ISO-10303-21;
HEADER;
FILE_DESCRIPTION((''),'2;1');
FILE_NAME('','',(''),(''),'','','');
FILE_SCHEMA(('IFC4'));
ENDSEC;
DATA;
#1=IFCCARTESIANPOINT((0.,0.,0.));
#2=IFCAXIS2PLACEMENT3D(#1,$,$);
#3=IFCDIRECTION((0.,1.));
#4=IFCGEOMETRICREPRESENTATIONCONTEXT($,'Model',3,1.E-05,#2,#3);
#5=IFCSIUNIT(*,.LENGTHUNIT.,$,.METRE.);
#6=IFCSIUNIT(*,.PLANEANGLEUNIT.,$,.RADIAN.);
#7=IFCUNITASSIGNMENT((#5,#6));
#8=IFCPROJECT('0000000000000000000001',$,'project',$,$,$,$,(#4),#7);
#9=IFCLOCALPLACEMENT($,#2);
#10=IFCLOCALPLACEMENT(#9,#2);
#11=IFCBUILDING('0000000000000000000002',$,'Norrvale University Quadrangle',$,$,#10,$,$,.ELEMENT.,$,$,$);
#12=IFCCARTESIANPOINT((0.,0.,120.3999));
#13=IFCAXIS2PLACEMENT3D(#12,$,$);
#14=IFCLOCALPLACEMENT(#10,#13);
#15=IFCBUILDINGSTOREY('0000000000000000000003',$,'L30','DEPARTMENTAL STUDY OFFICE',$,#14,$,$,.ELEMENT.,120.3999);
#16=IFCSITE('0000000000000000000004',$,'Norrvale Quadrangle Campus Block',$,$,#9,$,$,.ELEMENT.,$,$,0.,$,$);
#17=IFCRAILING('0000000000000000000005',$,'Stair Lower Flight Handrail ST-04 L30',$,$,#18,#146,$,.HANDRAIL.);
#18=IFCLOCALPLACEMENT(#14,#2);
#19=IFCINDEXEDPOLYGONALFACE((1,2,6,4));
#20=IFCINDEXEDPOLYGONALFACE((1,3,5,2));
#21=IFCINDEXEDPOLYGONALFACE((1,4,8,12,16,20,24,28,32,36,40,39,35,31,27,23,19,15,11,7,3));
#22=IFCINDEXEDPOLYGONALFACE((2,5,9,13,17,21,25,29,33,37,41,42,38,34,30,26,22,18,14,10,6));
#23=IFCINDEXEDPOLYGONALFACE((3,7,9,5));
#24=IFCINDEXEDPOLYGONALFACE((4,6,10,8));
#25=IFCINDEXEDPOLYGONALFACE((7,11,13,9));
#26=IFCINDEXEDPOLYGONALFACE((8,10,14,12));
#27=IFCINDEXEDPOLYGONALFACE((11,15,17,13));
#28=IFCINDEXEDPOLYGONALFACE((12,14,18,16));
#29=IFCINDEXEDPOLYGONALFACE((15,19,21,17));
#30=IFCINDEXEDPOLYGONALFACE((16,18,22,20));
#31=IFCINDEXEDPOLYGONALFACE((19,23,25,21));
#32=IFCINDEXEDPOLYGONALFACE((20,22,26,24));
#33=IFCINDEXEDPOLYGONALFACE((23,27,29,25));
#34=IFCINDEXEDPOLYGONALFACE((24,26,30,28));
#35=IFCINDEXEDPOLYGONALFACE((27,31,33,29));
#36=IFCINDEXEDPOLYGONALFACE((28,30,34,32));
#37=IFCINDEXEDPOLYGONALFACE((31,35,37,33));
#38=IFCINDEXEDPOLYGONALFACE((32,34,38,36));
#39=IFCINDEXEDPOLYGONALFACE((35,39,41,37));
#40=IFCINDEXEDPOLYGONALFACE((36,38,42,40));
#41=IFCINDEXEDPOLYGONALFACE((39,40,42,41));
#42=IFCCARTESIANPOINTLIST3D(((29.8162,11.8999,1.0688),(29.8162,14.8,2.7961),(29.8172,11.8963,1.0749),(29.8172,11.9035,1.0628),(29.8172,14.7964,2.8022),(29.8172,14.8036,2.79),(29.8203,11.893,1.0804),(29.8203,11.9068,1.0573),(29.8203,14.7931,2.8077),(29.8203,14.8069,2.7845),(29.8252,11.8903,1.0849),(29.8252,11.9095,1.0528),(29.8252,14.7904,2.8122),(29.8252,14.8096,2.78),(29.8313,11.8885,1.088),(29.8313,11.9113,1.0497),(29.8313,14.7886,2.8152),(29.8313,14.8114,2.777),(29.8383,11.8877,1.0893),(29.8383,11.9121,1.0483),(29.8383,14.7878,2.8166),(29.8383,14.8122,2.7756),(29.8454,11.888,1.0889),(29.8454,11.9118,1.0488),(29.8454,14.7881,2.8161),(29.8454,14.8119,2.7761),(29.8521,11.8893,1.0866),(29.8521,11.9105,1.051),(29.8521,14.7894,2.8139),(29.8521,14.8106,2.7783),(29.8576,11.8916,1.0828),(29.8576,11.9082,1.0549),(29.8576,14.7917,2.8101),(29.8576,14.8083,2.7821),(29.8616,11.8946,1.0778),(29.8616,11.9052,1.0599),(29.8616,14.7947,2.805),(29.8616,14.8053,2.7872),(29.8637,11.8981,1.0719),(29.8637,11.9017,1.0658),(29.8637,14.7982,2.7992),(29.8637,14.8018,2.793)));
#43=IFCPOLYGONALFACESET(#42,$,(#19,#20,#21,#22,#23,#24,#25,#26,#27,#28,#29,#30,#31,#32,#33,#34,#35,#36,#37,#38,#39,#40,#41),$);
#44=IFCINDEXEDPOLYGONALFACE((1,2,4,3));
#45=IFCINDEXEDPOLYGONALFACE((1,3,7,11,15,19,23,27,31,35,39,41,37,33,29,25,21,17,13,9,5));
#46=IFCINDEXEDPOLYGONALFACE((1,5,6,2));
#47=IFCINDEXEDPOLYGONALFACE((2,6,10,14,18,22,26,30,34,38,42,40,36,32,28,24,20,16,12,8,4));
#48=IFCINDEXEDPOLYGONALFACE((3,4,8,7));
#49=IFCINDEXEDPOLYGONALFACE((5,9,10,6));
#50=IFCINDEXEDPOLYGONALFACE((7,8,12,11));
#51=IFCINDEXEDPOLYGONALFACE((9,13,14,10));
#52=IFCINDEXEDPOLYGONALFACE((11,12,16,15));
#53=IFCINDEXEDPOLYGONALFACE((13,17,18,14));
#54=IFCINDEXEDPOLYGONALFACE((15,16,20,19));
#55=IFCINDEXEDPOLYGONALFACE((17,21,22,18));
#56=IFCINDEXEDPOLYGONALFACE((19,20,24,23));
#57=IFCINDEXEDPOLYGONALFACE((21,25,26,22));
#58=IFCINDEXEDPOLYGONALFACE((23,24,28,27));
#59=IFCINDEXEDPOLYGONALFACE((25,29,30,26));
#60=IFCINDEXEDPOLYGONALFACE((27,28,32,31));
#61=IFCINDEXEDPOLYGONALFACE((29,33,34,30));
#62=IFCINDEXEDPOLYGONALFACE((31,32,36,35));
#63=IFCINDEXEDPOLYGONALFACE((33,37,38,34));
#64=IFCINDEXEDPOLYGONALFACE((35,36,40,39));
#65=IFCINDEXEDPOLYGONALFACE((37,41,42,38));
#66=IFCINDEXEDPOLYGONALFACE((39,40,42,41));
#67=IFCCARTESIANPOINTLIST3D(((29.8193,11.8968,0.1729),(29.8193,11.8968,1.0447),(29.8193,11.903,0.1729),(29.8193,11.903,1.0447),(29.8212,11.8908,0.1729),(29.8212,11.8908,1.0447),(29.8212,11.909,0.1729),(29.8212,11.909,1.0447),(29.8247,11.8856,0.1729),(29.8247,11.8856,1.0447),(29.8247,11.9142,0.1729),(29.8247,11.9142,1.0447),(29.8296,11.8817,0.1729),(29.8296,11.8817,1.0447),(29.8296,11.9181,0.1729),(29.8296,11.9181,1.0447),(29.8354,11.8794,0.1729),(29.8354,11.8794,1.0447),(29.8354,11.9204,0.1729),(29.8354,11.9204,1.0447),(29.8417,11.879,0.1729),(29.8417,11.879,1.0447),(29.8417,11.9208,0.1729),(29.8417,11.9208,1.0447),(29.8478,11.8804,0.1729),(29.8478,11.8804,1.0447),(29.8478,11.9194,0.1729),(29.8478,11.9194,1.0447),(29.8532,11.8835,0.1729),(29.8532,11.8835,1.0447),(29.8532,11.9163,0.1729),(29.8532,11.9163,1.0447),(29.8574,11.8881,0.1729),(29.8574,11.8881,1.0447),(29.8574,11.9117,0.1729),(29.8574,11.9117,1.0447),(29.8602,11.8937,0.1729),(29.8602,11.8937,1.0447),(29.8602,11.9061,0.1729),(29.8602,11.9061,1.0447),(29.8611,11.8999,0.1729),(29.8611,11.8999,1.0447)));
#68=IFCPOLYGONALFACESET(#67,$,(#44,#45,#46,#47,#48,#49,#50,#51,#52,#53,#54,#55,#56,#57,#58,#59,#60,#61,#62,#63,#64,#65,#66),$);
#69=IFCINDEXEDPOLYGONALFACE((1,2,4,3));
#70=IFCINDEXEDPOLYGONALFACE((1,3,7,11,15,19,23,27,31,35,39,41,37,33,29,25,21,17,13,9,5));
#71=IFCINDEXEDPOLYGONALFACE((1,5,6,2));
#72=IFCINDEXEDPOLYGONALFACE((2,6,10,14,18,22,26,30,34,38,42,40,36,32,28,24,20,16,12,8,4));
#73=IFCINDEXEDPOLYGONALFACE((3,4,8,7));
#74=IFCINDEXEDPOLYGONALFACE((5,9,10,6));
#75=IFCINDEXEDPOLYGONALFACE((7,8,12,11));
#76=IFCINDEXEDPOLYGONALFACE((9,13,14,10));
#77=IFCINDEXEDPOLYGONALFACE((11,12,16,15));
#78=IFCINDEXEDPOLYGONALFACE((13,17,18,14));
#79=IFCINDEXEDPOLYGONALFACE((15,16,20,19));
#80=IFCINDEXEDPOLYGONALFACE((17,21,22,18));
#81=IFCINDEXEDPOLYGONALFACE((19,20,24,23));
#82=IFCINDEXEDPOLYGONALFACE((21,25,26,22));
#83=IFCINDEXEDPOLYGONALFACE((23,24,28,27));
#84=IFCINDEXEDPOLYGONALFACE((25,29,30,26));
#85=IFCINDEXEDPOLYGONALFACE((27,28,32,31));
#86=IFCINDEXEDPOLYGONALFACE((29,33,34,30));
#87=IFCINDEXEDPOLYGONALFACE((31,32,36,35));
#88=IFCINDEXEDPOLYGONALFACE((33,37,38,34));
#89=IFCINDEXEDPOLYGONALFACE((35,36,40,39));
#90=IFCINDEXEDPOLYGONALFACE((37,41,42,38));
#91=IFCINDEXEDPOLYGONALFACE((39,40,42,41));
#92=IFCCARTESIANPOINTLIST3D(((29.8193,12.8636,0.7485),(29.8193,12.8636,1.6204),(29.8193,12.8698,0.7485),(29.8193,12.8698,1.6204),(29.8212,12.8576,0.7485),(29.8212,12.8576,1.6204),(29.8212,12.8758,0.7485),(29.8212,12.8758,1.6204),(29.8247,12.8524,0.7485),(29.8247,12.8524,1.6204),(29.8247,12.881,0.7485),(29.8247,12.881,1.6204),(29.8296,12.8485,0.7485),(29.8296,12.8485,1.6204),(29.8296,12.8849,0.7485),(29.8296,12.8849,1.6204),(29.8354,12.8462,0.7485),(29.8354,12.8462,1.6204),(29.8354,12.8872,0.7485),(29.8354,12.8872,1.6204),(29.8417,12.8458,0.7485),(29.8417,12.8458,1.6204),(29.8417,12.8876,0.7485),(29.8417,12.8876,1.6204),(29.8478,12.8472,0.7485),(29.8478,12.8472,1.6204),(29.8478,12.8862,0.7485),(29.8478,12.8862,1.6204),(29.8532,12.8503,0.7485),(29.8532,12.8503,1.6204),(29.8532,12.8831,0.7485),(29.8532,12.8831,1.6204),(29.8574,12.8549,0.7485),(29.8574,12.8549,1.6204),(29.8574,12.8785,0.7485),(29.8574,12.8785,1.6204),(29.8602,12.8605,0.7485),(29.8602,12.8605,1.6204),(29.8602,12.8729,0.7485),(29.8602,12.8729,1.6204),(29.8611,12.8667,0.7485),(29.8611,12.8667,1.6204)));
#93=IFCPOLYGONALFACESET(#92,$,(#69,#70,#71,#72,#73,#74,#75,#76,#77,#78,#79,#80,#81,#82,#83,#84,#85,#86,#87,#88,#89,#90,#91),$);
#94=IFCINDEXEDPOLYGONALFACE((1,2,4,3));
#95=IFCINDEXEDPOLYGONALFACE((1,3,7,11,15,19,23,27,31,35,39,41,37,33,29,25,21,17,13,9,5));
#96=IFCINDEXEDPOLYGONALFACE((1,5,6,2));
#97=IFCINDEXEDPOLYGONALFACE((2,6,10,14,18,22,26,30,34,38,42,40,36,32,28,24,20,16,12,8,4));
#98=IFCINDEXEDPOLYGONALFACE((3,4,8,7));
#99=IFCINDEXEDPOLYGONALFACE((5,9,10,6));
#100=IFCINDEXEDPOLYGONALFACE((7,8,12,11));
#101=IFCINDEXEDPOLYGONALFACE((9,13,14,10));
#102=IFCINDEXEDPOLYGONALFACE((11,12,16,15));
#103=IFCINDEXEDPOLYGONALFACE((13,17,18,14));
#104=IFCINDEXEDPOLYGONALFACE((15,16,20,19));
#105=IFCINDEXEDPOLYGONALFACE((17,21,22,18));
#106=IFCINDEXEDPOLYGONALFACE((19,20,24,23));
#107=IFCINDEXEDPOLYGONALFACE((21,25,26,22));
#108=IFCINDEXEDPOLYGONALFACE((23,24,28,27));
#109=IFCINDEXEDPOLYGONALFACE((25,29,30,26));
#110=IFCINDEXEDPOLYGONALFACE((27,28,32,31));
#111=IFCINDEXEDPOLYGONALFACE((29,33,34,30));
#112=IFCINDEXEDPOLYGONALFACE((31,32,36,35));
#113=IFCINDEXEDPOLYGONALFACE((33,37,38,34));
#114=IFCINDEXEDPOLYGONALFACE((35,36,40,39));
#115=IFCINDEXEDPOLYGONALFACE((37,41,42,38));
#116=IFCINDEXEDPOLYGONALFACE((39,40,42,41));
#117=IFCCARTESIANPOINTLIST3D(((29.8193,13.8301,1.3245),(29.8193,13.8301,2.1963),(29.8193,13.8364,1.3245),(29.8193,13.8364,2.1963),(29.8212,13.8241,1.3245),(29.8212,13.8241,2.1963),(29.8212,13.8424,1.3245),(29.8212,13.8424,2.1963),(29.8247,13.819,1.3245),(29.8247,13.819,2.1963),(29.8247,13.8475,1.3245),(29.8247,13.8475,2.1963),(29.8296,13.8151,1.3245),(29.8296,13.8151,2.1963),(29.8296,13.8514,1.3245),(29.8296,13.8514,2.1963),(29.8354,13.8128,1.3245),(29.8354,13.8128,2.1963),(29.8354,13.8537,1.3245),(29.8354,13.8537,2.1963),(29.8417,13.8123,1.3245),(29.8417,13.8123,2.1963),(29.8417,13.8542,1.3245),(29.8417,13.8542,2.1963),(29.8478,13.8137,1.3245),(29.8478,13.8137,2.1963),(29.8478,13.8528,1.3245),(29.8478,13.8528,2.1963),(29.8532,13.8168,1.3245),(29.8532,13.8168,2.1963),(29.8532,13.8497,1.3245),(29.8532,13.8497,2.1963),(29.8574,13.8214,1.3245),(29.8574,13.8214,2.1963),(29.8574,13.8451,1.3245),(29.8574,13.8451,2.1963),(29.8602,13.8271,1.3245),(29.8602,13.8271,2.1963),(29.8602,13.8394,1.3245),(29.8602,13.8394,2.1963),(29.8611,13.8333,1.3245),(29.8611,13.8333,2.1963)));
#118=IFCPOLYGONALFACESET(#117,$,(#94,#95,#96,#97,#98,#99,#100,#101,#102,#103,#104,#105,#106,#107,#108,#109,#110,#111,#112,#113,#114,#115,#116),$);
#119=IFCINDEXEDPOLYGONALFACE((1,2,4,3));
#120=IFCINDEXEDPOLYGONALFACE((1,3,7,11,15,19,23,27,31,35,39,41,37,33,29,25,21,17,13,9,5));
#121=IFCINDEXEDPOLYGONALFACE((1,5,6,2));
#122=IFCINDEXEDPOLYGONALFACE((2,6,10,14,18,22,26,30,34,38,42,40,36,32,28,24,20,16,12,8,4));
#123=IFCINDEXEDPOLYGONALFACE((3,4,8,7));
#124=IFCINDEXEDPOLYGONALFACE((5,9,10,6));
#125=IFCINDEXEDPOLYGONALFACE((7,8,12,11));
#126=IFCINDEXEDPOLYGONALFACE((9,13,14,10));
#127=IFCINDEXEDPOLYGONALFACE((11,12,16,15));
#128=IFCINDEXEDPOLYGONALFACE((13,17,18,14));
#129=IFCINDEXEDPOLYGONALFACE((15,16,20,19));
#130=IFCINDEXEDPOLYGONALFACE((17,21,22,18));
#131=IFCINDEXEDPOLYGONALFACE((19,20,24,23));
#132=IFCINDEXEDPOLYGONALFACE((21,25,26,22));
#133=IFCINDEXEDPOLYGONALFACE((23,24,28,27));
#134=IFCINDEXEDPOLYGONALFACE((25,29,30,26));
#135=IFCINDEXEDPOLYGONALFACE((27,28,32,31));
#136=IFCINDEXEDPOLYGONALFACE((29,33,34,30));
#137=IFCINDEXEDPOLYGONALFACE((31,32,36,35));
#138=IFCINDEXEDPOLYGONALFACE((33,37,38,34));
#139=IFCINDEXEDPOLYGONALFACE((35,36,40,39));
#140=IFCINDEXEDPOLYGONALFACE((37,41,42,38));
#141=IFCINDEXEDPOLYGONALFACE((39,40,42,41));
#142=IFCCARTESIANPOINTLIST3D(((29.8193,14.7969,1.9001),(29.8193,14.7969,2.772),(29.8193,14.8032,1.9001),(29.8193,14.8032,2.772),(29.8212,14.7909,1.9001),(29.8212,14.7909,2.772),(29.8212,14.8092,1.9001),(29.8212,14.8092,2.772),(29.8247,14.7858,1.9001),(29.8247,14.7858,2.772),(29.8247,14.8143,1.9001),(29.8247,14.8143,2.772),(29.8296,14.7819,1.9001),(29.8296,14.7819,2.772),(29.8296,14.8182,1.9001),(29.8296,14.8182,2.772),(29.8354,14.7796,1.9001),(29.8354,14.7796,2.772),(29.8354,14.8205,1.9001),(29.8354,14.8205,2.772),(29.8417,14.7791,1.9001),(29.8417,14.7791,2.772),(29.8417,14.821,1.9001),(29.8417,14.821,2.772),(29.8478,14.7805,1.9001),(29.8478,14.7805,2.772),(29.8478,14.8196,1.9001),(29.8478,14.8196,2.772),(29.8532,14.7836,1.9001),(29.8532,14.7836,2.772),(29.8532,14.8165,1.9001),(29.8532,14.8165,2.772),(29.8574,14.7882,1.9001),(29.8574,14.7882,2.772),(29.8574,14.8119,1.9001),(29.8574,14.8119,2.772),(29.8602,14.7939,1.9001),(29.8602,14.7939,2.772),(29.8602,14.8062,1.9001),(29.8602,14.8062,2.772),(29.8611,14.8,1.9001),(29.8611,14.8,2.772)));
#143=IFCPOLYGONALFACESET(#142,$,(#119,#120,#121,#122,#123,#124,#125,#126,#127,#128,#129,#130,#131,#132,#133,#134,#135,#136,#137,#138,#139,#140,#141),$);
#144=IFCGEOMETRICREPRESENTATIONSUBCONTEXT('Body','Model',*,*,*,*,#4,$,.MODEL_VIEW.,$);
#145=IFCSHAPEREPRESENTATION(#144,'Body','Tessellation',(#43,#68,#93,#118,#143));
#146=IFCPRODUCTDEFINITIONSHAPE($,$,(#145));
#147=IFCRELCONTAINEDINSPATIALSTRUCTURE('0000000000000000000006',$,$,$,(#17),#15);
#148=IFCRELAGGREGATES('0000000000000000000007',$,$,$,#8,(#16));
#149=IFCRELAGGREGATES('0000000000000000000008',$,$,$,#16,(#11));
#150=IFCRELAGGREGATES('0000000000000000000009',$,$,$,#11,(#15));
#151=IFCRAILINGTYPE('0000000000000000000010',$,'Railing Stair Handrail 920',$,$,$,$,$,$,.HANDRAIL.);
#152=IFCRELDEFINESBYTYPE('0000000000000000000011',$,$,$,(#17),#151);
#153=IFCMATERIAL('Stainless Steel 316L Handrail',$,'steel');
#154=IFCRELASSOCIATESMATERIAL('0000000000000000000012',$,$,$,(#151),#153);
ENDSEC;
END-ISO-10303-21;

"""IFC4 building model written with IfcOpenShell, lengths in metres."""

from ifc_helpers import new_model, si_unit, direction, frame, origin, origin_2d, place, context, subcontext, project, spatial, circle, extrude, material, type_object, element, save


model = new_model("IFC4")

# Units and contexts
model_context = context("Model", 3, precision=1e-05, world=origin(), true_north=direction((0.0, 1.0)))
body_context = subcontext(model_context, "Body", "Model", "MODEL_VIEW")
ifc_project = project(units=[si_unit("LENGTHUNIT", "METRE"), si_unit("PLANEANGLEUNIT", "RADIAN")], contexts=[model_context])

# Site, building, storey
site_placement = place(None, origin())
site = spatial("IfcSite", under=ifc_project, at=site_placement, Name="Norrvale Quadrangle Campus Block", CompositionType="ELEMENT", RefElevation=0.0)
building_placement = place(site_placement, origin())
building = spatial("IfcBuilding", under=site, at=building_placement, Name="Norrvale University Quadrangle", CompositionType="ELEMENT")
storey_placement = place(building_placement, frame((0.0, 0.0, 120.3999)))
storey = spatial("IfcBuildingStorey", under=building, at=storey_placement, Name="L30", Description="DEPARTMENTAL STUDY OFFICE", CompositionType="ELEMENT", Elevation=120.3999)

# Railing
ifc_material_1 = material(Name="Stainless Steel 316L Handrail", Category="steel")
railing_type_1 = type_object("IfcRailingType", Name="Railing Stair Handrail 920", PredefinedType="HANDRAIL", material=ifc_material_1)
railing_1_placement = place(storey_placement, frame((29.8401, 11.8999, 0.1729)))
element("IfcRailing", 1, at=railing_1_placement, inside=storey, type_object=railing_type_1, Name="Stair Lower Flight Handrail ST-04 L30", PredefinedType="HANDRAIL", context=body_context, shape_type="SweptSolid", body=[
    extrude(circle(Radius=0.0239, at=origin_2d()), frame((0.0, 0.0, 0.896), z_axis=(0.0, 0.85916, 0.511706), x_axis=(-1.0, 0.0, 0.0)), (0.0, 0.0, 1.0), 3.3755),
    extrude(circle(Radius=0.021, at=origin_2d()), origin(), (0.0, 0.0, 1.0), 0.8718),
    extrude(circle(Radius=0.021, at=origin_2d()), frame((0.0, 0.9668, 0.5757)), (0.0, 0.0, 1.0), 0.8718),
    extrude(circle(Radius=0.021, at=origin_2d()), frame((0.0, 1.9333, 1.1516)), (0.0, 0.0, 1.0), 0.8718),
    extrude(circle(Radius=0.021, at=origin_2d()), frame((0.0, 2.9001, 1.7273)), (0.0, 0.0, 1.0), 0.8718),
])

save(model, "model.ifc")
